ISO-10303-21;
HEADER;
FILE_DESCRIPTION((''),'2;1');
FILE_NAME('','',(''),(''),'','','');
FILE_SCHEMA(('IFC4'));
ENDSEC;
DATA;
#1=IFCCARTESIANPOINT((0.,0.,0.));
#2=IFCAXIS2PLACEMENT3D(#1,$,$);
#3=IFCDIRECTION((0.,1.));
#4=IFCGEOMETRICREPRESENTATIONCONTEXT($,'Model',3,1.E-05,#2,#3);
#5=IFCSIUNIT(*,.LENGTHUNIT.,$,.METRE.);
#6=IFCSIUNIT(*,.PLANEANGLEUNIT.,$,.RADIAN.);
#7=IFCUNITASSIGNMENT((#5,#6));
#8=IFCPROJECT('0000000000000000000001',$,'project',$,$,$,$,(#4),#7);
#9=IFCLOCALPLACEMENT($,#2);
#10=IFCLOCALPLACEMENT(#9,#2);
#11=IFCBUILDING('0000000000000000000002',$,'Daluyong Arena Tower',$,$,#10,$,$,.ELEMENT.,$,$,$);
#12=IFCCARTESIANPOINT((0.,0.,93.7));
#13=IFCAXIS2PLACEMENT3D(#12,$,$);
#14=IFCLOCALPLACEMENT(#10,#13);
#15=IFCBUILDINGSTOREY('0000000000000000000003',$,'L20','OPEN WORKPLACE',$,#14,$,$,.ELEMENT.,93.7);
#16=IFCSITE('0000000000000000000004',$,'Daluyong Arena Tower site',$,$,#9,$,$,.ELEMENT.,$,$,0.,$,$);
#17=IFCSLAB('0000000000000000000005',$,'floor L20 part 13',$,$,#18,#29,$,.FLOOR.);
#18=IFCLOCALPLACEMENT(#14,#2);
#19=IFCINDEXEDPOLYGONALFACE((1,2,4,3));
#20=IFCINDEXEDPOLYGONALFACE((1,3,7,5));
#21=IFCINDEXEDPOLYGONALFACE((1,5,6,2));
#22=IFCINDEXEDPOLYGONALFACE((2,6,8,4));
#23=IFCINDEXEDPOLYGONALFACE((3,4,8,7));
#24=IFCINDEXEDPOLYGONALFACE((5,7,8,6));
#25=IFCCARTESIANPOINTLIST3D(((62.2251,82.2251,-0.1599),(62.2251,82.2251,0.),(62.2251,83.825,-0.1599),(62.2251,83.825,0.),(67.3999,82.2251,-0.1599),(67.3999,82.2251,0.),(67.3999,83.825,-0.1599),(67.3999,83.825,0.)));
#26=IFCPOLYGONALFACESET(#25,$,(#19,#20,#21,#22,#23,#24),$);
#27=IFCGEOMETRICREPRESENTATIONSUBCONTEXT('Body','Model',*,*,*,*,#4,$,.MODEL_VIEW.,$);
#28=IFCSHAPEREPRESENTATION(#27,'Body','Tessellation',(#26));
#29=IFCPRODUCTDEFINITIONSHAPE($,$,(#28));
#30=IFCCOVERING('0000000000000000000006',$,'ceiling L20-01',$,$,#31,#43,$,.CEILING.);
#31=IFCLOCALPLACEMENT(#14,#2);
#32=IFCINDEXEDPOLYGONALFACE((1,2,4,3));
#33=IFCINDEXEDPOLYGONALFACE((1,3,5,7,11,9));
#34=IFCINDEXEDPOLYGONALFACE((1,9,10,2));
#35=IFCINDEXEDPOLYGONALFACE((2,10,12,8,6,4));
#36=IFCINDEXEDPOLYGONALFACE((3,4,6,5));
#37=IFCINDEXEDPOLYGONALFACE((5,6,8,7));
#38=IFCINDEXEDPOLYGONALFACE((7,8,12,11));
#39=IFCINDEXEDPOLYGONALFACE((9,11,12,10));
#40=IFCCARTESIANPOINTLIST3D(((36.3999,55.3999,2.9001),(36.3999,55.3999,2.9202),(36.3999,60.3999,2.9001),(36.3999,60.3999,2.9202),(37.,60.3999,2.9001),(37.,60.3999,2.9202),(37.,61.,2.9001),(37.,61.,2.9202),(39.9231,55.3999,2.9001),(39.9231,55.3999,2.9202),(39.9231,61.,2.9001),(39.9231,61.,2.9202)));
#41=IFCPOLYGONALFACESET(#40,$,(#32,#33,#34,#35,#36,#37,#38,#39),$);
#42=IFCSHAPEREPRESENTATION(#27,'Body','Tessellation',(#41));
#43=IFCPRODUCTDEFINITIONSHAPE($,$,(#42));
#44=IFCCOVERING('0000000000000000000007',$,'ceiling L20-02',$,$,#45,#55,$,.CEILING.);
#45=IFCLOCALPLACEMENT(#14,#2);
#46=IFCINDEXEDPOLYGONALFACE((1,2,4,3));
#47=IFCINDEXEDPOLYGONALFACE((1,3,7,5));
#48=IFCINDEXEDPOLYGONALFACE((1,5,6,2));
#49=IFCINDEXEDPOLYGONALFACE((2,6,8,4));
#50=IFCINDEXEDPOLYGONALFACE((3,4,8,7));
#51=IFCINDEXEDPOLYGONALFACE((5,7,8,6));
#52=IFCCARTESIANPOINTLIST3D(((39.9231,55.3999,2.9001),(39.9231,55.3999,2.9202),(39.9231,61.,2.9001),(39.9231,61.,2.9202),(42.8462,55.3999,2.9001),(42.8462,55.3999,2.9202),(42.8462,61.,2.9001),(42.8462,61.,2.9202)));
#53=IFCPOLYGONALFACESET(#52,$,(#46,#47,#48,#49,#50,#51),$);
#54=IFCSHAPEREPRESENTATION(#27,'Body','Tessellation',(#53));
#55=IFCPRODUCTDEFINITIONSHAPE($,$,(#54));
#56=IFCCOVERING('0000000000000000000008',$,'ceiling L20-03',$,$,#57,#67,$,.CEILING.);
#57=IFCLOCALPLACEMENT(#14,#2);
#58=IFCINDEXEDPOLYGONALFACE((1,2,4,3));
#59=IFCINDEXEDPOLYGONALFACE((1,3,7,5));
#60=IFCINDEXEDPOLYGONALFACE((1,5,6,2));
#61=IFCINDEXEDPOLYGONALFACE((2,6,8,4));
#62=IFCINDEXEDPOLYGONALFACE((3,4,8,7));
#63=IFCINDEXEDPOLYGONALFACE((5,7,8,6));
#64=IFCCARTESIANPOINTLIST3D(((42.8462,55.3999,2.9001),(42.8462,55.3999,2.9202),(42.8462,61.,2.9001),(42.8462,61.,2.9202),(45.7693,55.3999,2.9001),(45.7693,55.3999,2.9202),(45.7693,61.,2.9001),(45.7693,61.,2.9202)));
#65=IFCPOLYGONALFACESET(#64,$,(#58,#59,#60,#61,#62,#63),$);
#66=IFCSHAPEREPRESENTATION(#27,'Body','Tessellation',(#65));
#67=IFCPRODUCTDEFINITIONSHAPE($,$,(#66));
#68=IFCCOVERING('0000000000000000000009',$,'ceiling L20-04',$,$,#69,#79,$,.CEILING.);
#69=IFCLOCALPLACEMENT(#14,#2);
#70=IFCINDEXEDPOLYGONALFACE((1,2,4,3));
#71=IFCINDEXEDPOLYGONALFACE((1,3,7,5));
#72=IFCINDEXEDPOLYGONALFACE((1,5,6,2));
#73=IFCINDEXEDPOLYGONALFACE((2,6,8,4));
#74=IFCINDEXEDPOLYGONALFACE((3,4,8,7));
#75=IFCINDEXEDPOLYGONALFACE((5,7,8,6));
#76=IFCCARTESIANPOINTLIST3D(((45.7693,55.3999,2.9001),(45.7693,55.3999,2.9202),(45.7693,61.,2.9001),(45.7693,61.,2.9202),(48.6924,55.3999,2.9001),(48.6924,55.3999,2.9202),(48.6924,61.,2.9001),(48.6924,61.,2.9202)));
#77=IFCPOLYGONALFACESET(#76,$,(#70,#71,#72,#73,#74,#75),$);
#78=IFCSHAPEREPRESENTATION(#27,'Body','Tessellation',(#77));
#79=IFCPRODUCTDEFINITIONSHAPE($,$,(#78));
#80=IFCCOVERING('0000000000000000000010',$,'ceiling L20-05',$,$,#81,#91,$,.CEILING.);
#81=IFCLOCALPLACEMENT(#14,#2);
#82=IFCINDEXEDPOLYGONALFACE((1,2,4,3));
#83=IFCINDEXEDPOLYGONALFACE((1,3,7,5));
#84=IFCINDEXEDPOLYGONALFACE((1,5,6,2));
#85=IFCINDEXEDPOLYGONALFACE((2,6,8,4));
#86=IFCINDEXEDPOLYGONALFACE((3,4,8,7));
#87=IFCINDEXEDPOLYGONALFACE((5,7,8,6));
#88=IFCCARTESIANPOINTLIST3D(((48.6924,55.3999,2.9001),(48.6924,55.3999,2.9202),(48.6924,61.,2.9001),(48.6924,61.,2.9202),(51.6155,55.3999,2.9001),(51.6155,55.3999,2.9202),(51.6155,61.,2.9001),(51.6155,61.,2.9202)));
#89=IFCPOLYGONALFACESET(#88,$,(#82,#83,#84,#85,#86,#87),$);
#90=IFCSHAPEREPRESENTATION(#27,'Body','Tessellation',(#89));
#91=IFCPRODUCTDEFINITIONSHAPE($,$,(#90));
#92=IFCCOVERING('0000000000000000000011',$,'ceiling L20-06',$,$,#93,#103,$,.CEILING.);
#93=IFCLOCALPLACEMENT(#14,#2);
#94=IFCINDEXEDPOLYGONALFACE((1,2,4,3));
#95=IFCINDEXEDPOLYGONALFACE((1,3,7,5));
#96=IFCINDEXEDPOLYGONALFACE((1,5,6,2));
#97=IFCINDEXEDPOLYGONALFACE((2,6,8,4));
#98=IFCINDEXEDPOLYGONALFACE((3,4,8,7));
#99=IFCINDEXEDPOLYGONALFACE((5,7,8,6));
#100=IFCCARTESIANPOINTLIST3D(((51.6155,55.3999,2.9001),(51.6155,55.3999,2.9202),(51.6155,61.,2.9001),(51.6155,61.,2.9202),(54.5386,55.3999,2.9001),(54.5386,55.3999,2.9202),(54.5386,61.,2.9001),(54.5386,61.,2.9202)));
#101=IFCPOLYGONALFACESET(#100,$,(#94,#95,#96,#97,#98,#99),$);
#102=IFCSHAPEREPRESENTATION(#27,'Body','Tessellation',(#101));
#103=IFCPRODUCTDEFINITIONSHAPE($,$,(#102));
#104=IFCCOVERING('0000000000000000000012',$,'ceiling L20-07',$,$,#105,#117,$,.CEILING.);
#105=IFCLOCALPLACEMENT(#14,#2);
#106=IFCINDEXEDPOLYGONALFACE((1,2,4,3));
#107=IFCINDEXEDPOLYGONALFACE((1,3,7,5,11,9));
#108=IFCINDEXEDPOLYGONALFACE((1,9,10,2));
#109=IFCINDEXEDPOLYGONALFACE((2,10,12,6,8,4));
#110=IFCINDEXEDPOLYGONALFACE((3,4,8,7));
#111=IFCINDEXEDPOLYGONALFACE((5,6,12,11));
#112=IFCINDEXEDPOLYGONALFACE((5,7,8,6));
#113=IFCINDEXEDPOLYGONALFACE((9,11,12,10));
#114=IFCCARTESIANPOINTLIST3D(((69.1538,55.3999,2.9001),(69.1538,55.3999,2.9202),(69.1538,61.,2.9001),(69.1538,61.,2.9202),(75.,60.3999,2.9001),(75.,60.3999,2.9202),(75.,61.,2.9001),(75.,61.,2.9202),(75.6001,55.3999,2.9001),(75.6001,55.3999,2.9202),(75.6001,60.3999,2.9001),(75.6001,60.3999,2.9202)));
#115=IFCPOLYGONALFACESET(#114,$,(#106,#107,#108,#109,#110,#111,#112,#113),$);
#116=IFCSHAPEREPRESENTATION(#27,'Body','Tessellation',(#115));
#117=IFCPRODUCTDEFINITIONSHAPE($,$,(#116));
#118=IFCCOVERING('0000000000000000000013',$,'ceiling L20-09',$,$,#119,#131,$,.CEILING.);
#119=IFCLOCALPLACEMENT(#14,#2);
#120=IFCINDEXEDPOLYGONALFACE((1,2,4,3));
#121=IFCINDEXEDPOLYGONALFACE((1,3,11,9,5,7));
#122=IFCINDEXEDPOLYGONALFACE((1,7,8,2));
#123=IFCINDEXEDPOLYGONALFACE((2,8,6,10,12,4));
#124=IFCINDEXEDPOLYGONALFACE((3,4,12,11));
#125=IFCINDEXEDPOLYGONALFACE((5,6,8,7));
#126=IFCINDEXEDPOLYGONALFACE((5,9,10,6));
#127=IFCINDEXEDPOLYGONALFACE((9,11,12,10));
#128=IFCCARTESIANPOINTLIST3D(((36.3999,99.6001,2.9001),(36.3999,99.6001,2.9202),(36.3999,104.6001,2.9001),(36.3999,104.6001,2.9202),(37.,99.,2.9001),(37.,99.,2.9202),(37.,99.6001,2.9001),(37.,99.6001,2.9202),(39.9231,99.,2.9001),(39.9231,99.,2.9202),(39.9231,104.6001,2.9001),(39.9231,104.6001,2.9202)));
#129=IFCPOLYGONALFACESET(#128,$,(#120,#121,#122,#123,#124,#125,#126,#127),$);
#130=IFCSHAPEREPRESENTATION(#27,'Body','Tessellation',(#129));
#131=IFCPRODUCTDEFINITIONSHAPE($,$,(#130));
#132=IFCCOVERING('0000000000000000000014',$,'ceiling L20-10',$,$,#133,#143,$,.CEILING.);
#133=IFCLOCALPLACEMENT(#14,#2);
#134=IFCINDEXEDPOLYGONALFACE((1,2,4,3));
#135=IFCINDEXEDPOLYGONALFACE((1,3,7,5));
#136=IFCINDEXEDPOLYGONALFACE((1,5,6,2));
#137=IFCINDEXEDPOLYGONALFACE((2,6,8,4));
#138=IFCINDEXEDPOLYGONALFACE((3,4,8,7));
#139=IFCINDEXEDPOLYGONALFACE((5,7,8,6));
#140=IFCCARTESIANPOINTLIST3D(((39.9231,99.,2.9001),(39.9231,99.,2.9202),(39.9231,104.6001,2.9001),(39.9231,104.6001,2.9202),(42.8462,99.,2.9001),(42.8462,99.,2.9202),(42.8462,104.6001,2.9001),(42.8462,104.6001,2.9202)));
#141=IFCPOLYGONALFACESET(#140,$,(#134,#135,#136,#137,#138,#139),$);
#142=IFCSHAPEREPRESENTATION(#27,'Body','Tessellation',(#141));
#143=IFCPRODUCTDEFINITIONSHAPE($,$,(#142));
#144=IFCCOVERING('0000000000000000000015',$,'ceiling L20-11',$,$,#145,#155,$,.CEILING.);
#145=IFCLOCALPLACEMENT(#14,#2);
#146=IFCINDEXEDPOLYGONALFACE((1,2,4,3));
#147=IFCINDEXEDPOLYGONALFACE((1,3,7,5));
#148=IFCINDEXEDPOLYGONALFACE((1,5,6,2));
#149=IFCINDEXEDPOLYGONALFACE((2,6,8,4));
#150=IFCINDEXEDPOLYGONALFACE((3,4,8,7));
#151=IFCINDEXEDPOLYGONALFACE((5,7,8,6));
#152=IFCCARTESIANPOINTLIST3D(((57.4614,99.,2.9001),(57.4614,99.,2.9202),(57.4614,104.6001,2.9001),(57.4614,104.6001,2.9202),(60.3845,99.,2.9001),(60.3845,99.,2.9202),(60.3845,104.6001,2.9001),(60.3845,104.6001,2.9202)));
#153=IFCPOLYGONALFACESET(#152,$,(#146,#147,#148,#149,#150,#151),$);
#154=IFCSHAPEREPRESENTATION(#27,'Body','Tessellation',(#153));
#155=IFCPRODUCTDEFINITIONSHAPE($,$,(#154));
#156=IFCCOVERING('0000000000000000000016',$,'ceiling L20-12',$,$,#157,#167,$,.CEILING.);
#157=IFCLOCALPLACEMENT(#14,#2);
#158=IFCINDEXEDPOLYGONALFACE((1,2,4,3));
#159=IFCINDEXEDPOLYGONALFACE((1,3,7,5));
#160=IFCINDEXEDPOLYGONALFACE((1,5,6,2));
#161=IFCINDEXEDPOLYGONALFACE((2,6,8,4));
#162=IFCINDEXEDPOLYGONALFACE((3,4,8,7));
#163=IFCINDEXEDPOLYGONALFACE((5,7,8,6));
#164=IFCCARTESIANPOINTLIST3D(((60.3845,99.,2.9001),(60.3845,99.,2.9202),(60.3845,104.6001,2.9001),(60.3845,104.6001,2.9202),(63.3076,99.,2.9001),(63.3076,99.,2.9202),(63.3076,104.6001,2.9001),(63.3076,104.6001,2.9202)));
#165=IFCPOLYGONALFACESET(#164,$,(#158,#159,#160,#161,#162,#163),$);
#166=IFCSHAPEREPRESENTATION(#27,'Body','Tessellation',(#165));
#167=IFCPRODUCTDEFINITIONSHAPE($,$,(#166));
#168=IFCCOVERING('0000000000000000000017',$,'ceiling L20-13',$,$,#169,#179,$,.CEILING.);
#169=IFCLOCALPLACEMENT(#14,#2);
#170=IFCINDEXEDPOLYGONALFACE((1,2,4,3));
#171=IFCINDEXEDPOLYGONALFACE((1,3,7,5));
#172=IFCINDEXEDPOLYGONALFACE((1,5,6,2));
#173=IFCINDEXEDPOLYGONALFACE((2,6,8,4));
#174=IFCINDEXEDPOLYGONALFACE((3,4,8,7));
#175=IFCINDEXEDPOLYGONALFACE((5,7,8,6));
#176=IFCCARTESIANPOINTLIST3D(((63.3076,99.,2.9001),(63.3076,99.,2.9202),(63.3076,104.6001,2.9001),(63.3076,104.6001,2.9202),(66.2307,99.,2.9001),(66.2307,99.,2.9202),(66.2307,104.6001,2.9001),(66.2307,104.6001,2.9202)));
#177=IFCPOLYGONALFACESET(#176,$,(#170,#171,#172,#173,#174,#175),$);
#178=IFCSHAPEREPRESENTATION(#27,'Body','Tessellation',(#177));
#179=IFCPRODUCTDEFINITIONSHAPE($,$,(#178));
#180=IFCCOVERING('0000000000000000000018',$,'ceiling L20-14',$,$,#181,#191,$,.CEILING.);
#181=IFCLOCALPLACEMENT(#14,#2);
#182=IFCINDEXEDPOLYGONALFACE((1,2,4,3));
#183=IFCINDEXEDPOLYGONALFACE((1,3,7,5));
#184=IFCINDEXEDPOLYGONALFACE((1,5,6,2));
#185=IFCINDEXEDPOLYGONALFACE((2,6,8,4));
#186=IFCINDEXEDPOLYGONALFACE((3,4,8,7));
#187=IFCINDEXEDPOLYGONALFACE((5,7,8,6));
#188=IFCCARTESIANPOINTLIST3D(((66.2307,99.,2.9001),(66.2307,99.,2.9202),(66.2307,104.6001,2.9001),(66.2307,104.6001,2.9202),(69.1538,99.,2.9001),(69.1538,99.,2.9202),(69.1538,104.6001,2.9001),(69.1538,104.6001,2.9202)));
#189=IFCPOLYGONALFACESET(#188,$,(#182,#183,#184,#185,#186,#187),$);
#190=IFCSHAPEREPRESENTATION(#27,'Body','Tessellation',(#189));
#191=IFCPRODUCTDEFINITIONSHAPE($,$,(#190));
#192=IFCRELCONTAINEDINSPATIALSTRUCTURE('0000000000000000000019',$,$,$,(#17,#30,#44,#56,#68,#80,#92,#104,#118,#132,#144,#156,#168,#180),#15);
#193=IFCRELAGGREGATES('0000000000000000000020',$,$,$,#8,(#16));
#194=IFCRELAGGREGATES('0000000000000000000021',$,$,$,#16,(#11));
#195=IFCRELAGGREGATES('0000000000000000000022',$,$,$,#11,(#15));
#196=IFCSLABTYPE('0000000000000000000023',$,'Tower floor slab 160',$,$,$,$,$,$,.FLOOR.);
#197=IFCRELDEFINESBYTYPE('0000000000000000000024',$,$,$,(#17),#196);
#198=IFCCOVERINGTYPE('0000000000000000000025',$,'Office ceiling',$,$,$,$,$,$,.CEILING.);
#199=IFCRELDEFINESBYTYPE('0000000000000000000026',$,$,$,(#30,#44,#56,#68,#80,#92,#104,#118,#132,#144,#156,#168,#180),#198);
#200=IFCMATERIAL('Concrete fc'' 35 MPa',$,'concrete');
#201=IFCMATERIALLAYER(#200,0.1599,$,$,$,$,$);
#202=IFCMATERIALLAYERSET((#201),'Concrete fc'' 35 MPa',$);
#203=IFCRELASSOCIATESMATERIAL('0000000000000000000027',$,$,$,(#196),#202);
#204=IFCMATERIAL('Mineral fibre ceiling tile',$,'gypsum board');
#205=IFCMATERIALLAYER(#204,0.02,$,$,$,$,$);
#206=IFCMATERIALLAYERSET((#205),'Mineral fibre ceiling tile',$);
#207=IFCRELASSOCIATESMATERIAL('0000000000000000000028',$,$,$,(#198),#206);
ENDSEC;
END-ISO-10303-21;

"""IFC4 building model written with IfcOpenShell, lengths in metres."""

from ifc_helpers import new_model, si_unit, direction, frame, origin, place, context, subcontext, project, spatial, polyline, outline, extrude, material, layer, layer_set, type_object, element, save


model = new_model("IFC4")

# Units and contexts
model_context = context("Model", 3, precision=1e-05, world=origin(), true_north=direction((0.0, 1.0)))
body_context = subcontext(model_context, "Body", "Model", "MODEL_VIEW")
ifc_project = project(units=[si_unit("LENGTHUNIT", "METRE"), si_unit("PLANEANGLEUNIT", "RADIAN")], contexts=[model_context])

# Site, building, storey
site_placement = place(None, origin())
site = spatial("IfcSite", under=ifc_project, at=site_placement, Name="Daluyong Arena Tower site", CompositionType="ELEMENT", RefElevation=0.0)
building_placement = place(site_placement, origin())
building = spatial("IfcBuilding", under=site, at=building_placement, Name="Daluyong Arena Tower", CompositionType="ELEMENT")
storey_placement = place(building_placement, frame((0.0, 0.0, 93.7)))
storey = spatial("IfcBuildingStorey", under=building, at=storey_placement, Name="L20", Description="OPEN WORKPLACE", CompositionType="ELEMENT", Elevation=93.7)

# Slab
ifc_material_1 = material(Name="Concrete fc' 35 MPa", Category="concrete")
ifc_layer_1 = layer(ifc_material_1, 0.1599)
ifc_layer_set_1 = layer_set([ifc_layer_1], Name="Concrete fc' 35 MPa")
slab_type_1 = type_object("IfcSlabType", Name="Tower floor slab 160", PredefinedType="FLOOR", material=ifc_layer_set_1)
slab_1_placement = place(storey_placement, frame((0.0, 0.0, -0.1599)))
element("IfcSlab", 1, at=slab_1_placement, inside=storey, type_object=slab_type_1, Name="floor L20 part 13", PredefinedType="FLOOR", context=body_context, shape_type="SweptSolid", body=[
    extrude(outline(polyline([(67.3999, 82.2251), (67.3999, 83.825), (62.2251, 83.825), (62.2251, 82.2251), (67.3999, 82.2251)])), origin(), (0.0, 0.0, 1.0), 0.1599),
])

# Coverings
ifc_material_2 = material(Name="Mineral fibre ceiling tile", Category="gypsum board")
ifc_layer_2 = layer(ifc_material_2, 0.02)
ifc_layer_set_2 = layer_set([ifc_layer_2], Name="Mineral fibre ceiling tile")
covering_type = type_object("IfcCoveringType", Name="Office ceiling", PredefinedType="CEILING", material=ifc_layer_set_2)
covering_1_placement = place(storey_placement, frame((0.0, 0.0, 2.9001)))
element("IfcCovering", 2, at=covering_1_placement, inside=storey, type_object=covering_type, Name="ceiling L20-01", PredefinedType="CEILING", context=body_context, shape_type="SweptSolid", body=[
    extrude(outline(polyline([(36.3999, 60.3999), (36.3999, 55.3999), (39.9231, 55.3999), (39.9231, 61.0), (37.0, 61.0), (37.0, 60.3999), (36.3999, 60.3999)])), origin(), (0.0, 0.0, 1.0), 0.02),
])
covering_2_placement = place(storey_placement, frame((0.0, 0.0, 2.9001)))
element("IfcCovering", 3, at=covering_2_placement, inside=storey, type_object=covering_type, Name="ceiling L20-02", PredefinedType="CEILING", context=body_context, shape_type="SweptSolid", body=[
    extrude(outline(polyline([(39.9231, 61.0), (39.9231, 55.3999), (42.8462, 55.3999), (42.8462, 61.0), (39.9231, 61.0)])), origin(), (0.0, 0.0, 1.0), 0.02),
])
covering_3_placement = place(storey_placement, frame((0.0, 0.0, 2.9001)))
element("IfcCovering", 4, at=covering_3_placement, inside=storey, type_object=covering_type, Name="ceiling L20-03", PredefinedType="CEILING", context=body_context, shape_type="SweptSolid", body=[
    extrude(outline(polyline([(42.8462, 61.0), (42.8462, 55.3999), (45.7693, 55.3999), (45.7693, 61.0), (42.8462, 61.0)])), origin(), (0.0, 0.0, 1.0), 0.02),
])
covering_4_placement = place(storey_placement, frame((0.0, 0.0, 2.9001)))
element("IfcCovering", 5, at=covering_4_placement, inside=storey, type_object=covering_type, Name="ceiling L20-04", PredefinedType="CEILING", context=body_context, shape_type="SweptSolid", body=[
    extrude(outline(polyline([(45.7693, 61.0), (45.7693, 55.3999), (48.6924, 55.3999), (48.6924, 61.0), (45.7693, 61.0)])), origin(), (0.0, 0.0, 1.0), 0.02),
])
covering_5_placement = place(storey_placement, frame((0.0, 0.0, 2.9001)))
element("IfcCovering", 6, at=covering_5_placement, inside=storey, type_object=covering_type, Name="ceiling L20-05", PredefinedType="CEILING", context=body_context, shape_type="SweptSolid", body=[
    extrude(outline(polyline([(48.6924, 61.0), (48.6924, 55.3999), (51.6155, 55.3999), (51.6155, 61.0), (48.6924, 61.0)])), origin(), (0.0, 0.0, 1.0), 0.02),
])
covering_6_placement = place(storey_placement, frame((0.0, 0.0, 2.9001)))
element("IfcCovering", 7, at=covering_6_placement, inside=storey, type_object=covering_type, Name="ceiling L20-06", PredefinedType="CEILING", context=body_context, shape_type="SweptSolid", body=[
    extrude(outline(polyline([(51.6155, 61.0), (51.6155, 55.3999), (54.5386, 55.3999), (54.5386, 61.0), (51.6155, 61.0)])), origin(), (0.0, 0.0, 1.0), 0.02),
])
covering_7_placement = place(storey_placement, frame((0.0, 0.0, 2.9001)))
element("IfcCovering", 8, at=covering_7_placement, inside=storey, type_object=covering_type, Name="ceiling L20-07", PredefinedType="CEILING", context=body_context, shape_type="SweptSolid", body=[
    extrude(outline(polyline([(75.6001, 55.3999), (75.6001, 60.3999), (75.0, 60.3999), (75.0, 61.0), (69.1538, 61.0), (69.1538, 55.3999), (75.6001, 55.3999)])), origin(), (0.0, 0.0, 1.0), 0.02),
])
covering_8_placement = place(storey_placement, frame((0.0, 0.0, 2.9001)))
element("IfcCovering", 9, at=covering_8_placement, inside=storey, type_object=covering_type, Name="ceiling L20-09", PredefinedType="CEILING", context=body_context, shape_type="SweptSolid", body=[
    extrude(outline(polyline([(39.9231, 99.0), (39.9231, 104.6001), (36.3999, 104.6001), (36.3999, 99.6001), (37.0, 99.6001), (37.0, 99.0), (39.9231, 99.0)])), origin(), (0.0, 0.0, 1.0), 0.02),
])
covering_9_placement = place(storey_placement, frame((0.0, 0.0, 2.9001)))
element("IfcCovering", 10, at=covering_9_placement, inside=storey, type_object=covering_type, Name="ceiling L20-10", PredefinedType="CEILING", context=body_context, shape_type="SweptSolid", body=[
    extrude(outline(polyline([(42.8462, 99.0), (42.8462, 104.6001), (39.9231, 104.6001), (39.9231, 99.0), (42.8462, 99.0)])), origin(), (0.0, 0.0, 1.0), 0.02),
])
covering_10_placement = place(storey_placement, frame((0.0, 0.0, 2.9001)))
element("IfcCovering", 11, at=covering_10_placement, inside=storey, type_object=covering_type, Name="ceiling L20-11", PredefinedType="CEILING", context=body_context, shape_type="SweptSolid", body=[
    extrude(outline(polyline([(60.3845, 99.0), (60.3845, 104.6001), (57.4614, 104.6001), (57.4614, 99.0), (60.3845, 99.0)])), origin(), (0.0, 0.0, 1.0), 0.02),
])
covering_11_placement = place(storey_placement, frame((0.0, 0.0, 2.9001)))
element("IfcCovering", 12, at=covering_11_placement, inside=storey, type_object=covering_type, Name="ceiling L20-12", PredefinedType="CEILING", context=body_context, shape_type="SweptSolid", body=[
    extrude(outline(polyline([(63.3076, 99.0), (63.3076, 104.6001), (60.3845, 104.6001), (60.3845, 99.0), (63.3076, 99.0)])), origin(), (0.0, 0.0, 1.0), 0.02),
])
covering_12_placement = place(storey_placement, frame((0.0, 0.0, 2.9001)))
element("IfcCovering", 13, at=covering_12_placement, inside=storey, type_object=covering_type, Name="ceiling L20-13", PredefinedType="CEILING", context=body_context, shape_type="SweptSolid", body=[
    extrude(outline(polyline([(66.2307, 99.0), (66.2307, 104.6001), (63.3076, 104.6001), (63.3076, 99.0), (66.2307, 99.0)])), origin(), (0.0, 0.0, 1.0), 0.02),
])
covering_13_placement = place(storey_placement, frame((0.0, 0.0, 2.9001)))
element("IfcCovering", 14, at=covering_13_placement, inside=storey, type_object=covering_type, Name="ceiling L20-14", PredefinedType="CEILING", context=body_context, shape_type="SweptSolid", body=[
    extrude(outline(polyline([(69.1538, 99.0), (69.1538, 104.6001), (66.2307, 104.6001), (66.2307, 99.0), (69.1538, 99.0)])), origin(), (0.0, 0.0, 1.0), 0.02),
])

save(model, "model.ifc")
